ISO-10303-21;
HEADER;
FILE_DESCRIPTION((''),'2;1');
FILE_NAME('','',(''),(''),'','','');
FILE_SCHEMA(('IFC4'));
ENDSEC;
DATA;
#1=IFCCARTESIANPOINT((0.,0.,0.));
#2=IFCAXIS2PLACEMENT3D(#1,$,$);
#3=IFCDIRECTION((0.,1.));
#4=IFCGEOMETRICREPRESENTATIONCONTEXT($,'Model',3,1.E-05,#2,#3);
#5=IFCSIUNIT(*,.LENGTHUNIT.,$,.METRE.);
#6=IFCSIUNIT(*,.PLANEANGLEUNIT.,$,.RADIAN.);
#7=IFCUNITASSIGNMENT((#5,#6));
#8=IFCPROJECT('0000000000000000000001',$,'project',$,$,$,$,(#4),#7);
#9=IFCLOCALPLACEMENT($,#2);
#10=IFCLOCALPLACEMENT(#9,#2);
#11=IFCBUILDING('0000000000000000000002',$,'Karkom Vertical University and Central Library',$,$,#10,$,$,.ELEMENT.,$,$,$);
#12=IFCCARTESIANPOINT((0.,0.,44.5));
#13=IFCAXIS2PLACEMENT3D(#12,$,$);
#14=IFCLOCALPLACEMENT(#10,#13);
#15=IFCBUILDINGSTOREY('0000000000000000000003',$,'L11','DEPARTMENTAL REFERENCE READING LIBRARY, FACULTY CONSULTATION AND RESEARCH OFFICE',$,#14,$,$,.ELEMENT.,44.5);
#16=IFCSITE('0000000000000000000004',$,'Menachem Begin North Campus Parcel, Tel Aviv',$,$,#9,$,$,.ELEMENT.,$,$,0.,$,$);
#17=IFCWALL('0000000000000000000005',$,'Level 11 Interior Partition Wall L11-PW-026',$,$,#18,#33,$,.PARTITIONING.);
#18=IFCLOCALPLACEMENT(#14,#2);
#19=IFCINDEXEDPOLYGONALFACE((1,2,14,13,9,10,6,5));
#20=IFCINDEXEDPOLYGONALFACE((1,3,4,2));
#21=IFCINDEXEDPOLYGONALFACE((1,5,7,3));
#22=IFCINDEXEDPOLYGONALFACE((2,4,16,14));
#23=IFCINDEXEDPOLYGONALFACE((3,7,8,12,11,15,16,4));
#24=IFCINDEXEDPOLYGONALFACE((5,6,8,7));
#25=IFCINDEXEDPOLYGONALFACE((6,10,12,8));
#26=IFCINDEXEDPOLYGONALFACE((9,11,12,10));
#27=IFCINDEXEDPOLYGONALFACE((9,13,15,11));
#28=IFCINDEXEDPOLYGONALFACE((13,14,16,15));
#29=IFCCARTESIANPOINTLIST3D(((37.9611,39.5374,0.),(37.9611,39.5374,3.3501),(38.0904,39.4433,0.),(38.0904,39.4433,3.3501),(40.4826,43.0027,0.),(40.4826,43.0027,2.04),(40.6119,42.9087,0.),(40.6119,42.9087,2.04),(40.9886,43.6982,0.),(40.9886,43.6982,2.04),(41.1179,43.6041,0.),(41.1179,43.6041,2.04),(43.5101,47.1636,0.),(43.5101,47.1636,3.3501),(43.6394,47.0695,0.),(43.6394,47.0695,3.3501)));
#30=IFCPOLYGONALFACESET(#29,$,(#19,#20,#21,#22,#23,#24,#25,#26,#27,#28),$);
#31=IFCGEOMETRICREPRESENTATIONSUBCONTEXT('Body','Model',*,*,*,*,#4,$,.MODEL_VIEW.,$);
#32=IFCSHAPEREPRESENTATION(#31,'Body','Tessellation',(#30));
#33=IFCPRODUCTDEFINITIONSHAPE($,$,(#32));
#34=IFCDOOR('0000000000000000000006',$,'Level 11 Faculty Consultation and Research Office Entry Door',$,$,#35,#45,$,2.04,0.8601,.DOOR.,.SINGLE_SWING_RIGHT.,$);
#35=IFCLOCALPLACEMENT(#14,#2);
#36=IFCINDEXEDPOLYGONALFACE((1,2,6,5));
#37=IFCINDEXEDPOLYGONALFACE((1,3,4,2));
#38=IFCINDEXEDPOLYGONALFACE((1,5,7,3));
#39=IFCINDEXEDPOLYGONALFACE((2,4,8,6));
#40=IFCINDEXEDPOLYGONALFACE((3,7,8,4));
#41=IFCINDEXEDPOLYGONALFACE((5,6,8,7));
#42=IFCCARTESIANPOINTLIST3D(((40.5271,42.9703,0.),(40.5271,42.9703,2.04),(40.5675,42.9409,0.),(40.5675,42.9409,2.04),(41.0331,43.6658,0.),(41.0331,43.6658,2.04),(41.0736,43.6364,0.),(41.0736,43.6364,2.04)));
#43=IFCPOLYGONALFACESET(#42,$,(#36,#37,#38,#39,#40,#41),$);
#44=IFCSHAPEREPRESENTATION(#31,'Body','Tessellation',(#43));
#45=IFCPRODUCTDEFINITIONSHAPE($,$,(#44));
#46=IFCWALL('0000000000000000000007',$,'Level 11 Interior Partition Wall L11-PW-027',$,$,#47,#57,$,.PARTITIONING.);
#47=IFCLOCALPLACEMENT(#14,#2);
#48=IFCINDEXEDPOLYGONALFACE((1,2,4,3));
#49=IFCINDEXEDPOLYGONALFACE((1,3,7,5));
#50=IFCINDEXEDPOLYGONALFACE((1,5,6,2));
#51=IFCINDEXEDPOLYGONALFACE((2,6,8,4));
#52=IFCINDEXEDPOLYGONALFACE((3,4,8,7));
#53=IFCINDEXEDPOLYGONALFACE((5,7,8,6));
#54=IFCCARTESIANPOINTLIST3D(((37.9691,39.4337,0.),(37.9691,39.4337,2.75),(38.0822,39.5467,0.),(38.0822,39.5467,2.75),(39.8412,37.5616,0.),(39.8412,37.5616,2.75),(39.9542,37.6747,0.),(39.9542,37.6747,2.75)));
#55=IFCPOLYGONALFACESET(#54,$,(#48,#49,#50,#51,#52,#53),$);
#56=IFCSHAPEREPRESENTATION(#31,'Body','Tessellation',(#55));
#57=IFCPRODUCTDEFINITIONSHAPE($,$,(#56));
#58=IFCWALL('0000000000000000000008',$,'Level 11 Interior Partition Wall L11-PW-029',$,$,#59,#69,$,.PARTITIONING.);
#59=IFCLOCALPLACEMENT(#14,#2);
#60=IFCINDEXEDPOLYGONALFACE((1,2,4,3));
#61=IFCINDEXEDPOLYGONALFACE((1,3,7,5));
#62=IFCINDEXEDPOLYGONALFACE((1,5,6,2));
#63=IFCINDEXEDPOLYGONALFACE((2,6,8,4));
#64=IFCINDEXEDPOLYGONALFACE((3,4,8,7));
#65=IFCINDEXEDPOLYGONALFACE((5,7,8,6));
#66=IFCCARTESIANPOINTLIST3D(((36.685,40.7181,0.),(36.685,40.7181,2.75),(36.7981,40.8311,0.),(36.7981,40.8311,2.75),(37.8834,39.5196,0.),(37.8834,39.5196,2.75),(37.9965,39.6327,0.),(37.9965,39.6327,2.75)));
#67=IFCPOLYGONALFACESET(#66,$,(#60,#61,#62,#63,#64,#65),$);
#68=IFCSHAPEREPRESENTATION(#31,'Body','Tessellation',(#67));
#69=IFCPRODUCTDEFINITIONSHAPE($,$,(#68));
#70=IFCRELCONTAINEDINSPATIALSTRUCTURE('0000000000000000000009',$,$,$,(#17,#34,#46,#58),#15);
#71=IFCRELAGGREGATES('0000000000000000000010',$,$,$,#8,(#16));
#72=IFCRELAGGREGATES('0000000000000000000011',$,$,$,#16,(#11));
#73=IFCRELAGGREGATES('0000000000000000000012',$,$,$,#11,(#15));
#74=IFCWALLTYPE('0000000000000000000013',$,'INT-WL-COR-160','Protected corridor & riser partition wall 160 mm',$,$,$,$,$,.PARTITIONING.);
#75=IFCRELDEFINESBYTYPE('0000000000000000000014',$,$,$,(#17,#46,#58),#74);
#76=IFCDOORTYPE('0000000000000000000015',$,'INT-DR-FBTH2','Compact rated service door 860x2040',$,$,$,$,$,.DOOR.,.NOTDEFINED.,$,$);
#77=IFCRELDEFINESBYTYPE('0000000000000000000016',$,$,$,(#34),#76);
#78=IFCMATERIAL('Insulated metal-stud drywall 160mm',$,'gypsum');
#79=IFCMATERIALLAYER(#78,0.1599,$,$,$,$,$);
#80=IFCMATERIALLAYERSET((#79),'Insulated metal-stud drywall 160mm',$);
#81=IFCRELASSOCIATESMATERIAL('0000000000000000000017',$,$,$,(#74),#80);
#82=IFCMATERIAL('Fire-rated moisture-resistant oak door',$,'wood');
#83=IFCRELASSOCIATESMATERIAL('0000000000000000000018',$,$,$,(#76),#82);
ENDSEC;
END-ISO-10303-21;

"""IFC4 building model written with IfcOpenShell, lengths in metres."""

from ifc_helpers import new_model, si_unit, direction, frame, frame_2d, origin, origin_with_axes, place, context, subcontext, project, spatial, rectangle, extrude, source, transform, mapped, material, layer, layer_set, type_object, element, fill, save


model = new_model("IFC4")

# Units and contexts
model_context = context("Model", 3, precision=1e-05, world=origin(), true_north=direction((0.0, 1.0)))
body_context = subcontext(model_context, "Body", "Model", "MODEL_VIEW")
ifc_project = project(units=[si_unit("LENGTHUNIT", "METRE"), si_unit("PLANEANGLEUNIT", "RADIAN")], contexts=[model_context])

# Site, building, storey
site_placement = place(None, origin())
site = spatial("IfcSite", under=ifc_project, at=site_placement, Name="Menachem Begin North Campus Parcel, Tel Aviv", CompositionType="ELEMENT", RefElevation=0.0)
building_placement = place(site_placement, origin())
building = spatial("IfcBuilding", under=site, at=building_placement, Name="Karkom Vertical University and Central Library", CompositionType="ELEMENT")
storey_placement = place(building_placement, frame((0.0, 0.0, 44.5)))
storey = spatial("IfcBuildingStorey", under=building, at=storey_placement, Name="L11", Description="DEPARTMENTAL REFERENCE READING LIBRARY, FACULTY CONSULTATION AND RESEARCH OFFICE", CompositionType="ELEMENT", Elevation=44.5)

# Shared definitions
ifc_material_1 = material(Name="Insulated metal-stud drywall 160mm", Category="gypsum")
ifc_layer_1 = layer(ifc_material_1, 0.1599)
ifc_layer_set_1 = layer_set([ifc_layer_1], Name="Insulated metal-stud drywall 160mm")
wall_type_1 = type_object("IfcWallType", Name="INT-WL-COR-160", Description="Protected corridor & riser partition wall 160 mm", PredefinedType="PARTITIONING", material=ifc_layer_set_1)
ifc_material_2 = material(Name="Fire-rated moisture-resistant oak door", Category="wood")
door_type_1 = type_object("IfcDoorType", Name="INT-DR-FBTH2", Description="Compact rated service door 860x2040", OperationType="NOTDEFINED", PredefinedType="DOOR", material=ifc_material_2)
shared_shape_1 = source(origin_with_axes(), body_context, "Body", "SweptSolid", [
    extrude(rectangle(XDim=0.8601, YDim=2.04, at=frame_2d((0.4302, 1.02))), frame((0.0, 0.0249, 0.0), z_axis=(0.0, -1.0, 0.0), x_axis=(1.0, 0.0, 0.0)), (0.0, 0.0, 1.0), 0.05),
])

# Wall, opening, door
wall_1_placement = place(storey_placement, frame((38.0256, 39.4902, 0.0), z_axis=(0.0, 0.0, 1.0), x_axis=(0.588361, 0.808598, 0.0)))
wall_1 = element("IfcWall", 1, at=wall_1_placement, inside=storey, type_object=wall_type_1, Name="Level 11 Interior Partition Wall L11-PW-026", PredefinedType="PARTITIONING", context=body_context, shape_type="SweptSolid", body=[
    extrude(rectangle(XDim=9.4314, YDim=0.1599, at=frame_2d((4.7158, 0.0))), origin(), (0.0, 0.0, 1.0), 3.3501),
])
opening_1_placement = place(wall_1_placement, frame((4.2856, 0.0, 0.0)))
opening_1 = element("IfcOpeningElement", 2, at=opening_1_placement, cuts=wall_1, PredefinedType="OPENING", context=body_context, shape_type="SweptSolid", body=[
    extrude(rectangle(XDim=0.8601, YDim=2.04, at=frame_2d((0.4302, 1.02))), frame((0.0, 0.0898, 0.0), z_axis=(0.0, -1.0, 0.0), x_axis=(1.0, 0.0, 0.0)), (0.0, 0.0, 1.0), 0.1799),
])
door_1_placement = place(opening_1_placement, origin())
door_1 = element("IfcDoor", 3, at=door_1_placement, inside=storey, type_object=door_type_1, Name="Level 11 Faculty Consultation and Research Office Entry Door", OperationType="SINGLE_SWING_RIGHT", OverallHeight=2.04, OverallWidth=0.8601, PredefinedType="DOOR", context=body_context, shape_type="MappedRepresentation", body=[
    mapped(shared_shape_1, transform((0.0, 0.0, 0.0), scale=1.0)),
])
fill(opening_1, door_1)

# Walls
wall_2_placement = place(storey_placement, frame((39.8977, 37.6182, 0.0), z_axis=(0.0, 0.0, 1.0), x_axis=(-0.707107, 0.707107, 0.0)))
element("IfcWall", 4, at=wall_2_placement, inside=storey, type_object=wall_type_1, Name="Level 11 Interior Partition Wall L11-PW-027", PredefinedType="PARTITIONING", context=body_context, shape_type="SweptSolid", body=[
    extrude(rectangle(XDim=2.6475, YDim=0.1599, at=frame_2d((1.3237, 0.0))), origin(), (0.0, 0.0, 1.0), 2.75),
])
wall_3_placement = place(storey_placement, frame((37.9399, 39.5762, 0.0), z_axis=(0.0, 0.0, 1.0), x_axis=(-0.707107, 0.707107, 0.0)))
element("IfcWall", 5, at=wall_3_placement, inside=storey, type_object=wall_type_1, Name="Level 11 Interior Partition Wall L11-PW-029", PredefinedType="PARTITIONING", context=body_context, shape_type="SweptSolid", body=[
    extrude(rectangle(XDim=1.6948, YDim=0.1599, at=frame_2d((0.8474, 0.0))), origin(), (0.0, 0.0, 1.0), 2.75),
])

save(model, "model.ifc")
